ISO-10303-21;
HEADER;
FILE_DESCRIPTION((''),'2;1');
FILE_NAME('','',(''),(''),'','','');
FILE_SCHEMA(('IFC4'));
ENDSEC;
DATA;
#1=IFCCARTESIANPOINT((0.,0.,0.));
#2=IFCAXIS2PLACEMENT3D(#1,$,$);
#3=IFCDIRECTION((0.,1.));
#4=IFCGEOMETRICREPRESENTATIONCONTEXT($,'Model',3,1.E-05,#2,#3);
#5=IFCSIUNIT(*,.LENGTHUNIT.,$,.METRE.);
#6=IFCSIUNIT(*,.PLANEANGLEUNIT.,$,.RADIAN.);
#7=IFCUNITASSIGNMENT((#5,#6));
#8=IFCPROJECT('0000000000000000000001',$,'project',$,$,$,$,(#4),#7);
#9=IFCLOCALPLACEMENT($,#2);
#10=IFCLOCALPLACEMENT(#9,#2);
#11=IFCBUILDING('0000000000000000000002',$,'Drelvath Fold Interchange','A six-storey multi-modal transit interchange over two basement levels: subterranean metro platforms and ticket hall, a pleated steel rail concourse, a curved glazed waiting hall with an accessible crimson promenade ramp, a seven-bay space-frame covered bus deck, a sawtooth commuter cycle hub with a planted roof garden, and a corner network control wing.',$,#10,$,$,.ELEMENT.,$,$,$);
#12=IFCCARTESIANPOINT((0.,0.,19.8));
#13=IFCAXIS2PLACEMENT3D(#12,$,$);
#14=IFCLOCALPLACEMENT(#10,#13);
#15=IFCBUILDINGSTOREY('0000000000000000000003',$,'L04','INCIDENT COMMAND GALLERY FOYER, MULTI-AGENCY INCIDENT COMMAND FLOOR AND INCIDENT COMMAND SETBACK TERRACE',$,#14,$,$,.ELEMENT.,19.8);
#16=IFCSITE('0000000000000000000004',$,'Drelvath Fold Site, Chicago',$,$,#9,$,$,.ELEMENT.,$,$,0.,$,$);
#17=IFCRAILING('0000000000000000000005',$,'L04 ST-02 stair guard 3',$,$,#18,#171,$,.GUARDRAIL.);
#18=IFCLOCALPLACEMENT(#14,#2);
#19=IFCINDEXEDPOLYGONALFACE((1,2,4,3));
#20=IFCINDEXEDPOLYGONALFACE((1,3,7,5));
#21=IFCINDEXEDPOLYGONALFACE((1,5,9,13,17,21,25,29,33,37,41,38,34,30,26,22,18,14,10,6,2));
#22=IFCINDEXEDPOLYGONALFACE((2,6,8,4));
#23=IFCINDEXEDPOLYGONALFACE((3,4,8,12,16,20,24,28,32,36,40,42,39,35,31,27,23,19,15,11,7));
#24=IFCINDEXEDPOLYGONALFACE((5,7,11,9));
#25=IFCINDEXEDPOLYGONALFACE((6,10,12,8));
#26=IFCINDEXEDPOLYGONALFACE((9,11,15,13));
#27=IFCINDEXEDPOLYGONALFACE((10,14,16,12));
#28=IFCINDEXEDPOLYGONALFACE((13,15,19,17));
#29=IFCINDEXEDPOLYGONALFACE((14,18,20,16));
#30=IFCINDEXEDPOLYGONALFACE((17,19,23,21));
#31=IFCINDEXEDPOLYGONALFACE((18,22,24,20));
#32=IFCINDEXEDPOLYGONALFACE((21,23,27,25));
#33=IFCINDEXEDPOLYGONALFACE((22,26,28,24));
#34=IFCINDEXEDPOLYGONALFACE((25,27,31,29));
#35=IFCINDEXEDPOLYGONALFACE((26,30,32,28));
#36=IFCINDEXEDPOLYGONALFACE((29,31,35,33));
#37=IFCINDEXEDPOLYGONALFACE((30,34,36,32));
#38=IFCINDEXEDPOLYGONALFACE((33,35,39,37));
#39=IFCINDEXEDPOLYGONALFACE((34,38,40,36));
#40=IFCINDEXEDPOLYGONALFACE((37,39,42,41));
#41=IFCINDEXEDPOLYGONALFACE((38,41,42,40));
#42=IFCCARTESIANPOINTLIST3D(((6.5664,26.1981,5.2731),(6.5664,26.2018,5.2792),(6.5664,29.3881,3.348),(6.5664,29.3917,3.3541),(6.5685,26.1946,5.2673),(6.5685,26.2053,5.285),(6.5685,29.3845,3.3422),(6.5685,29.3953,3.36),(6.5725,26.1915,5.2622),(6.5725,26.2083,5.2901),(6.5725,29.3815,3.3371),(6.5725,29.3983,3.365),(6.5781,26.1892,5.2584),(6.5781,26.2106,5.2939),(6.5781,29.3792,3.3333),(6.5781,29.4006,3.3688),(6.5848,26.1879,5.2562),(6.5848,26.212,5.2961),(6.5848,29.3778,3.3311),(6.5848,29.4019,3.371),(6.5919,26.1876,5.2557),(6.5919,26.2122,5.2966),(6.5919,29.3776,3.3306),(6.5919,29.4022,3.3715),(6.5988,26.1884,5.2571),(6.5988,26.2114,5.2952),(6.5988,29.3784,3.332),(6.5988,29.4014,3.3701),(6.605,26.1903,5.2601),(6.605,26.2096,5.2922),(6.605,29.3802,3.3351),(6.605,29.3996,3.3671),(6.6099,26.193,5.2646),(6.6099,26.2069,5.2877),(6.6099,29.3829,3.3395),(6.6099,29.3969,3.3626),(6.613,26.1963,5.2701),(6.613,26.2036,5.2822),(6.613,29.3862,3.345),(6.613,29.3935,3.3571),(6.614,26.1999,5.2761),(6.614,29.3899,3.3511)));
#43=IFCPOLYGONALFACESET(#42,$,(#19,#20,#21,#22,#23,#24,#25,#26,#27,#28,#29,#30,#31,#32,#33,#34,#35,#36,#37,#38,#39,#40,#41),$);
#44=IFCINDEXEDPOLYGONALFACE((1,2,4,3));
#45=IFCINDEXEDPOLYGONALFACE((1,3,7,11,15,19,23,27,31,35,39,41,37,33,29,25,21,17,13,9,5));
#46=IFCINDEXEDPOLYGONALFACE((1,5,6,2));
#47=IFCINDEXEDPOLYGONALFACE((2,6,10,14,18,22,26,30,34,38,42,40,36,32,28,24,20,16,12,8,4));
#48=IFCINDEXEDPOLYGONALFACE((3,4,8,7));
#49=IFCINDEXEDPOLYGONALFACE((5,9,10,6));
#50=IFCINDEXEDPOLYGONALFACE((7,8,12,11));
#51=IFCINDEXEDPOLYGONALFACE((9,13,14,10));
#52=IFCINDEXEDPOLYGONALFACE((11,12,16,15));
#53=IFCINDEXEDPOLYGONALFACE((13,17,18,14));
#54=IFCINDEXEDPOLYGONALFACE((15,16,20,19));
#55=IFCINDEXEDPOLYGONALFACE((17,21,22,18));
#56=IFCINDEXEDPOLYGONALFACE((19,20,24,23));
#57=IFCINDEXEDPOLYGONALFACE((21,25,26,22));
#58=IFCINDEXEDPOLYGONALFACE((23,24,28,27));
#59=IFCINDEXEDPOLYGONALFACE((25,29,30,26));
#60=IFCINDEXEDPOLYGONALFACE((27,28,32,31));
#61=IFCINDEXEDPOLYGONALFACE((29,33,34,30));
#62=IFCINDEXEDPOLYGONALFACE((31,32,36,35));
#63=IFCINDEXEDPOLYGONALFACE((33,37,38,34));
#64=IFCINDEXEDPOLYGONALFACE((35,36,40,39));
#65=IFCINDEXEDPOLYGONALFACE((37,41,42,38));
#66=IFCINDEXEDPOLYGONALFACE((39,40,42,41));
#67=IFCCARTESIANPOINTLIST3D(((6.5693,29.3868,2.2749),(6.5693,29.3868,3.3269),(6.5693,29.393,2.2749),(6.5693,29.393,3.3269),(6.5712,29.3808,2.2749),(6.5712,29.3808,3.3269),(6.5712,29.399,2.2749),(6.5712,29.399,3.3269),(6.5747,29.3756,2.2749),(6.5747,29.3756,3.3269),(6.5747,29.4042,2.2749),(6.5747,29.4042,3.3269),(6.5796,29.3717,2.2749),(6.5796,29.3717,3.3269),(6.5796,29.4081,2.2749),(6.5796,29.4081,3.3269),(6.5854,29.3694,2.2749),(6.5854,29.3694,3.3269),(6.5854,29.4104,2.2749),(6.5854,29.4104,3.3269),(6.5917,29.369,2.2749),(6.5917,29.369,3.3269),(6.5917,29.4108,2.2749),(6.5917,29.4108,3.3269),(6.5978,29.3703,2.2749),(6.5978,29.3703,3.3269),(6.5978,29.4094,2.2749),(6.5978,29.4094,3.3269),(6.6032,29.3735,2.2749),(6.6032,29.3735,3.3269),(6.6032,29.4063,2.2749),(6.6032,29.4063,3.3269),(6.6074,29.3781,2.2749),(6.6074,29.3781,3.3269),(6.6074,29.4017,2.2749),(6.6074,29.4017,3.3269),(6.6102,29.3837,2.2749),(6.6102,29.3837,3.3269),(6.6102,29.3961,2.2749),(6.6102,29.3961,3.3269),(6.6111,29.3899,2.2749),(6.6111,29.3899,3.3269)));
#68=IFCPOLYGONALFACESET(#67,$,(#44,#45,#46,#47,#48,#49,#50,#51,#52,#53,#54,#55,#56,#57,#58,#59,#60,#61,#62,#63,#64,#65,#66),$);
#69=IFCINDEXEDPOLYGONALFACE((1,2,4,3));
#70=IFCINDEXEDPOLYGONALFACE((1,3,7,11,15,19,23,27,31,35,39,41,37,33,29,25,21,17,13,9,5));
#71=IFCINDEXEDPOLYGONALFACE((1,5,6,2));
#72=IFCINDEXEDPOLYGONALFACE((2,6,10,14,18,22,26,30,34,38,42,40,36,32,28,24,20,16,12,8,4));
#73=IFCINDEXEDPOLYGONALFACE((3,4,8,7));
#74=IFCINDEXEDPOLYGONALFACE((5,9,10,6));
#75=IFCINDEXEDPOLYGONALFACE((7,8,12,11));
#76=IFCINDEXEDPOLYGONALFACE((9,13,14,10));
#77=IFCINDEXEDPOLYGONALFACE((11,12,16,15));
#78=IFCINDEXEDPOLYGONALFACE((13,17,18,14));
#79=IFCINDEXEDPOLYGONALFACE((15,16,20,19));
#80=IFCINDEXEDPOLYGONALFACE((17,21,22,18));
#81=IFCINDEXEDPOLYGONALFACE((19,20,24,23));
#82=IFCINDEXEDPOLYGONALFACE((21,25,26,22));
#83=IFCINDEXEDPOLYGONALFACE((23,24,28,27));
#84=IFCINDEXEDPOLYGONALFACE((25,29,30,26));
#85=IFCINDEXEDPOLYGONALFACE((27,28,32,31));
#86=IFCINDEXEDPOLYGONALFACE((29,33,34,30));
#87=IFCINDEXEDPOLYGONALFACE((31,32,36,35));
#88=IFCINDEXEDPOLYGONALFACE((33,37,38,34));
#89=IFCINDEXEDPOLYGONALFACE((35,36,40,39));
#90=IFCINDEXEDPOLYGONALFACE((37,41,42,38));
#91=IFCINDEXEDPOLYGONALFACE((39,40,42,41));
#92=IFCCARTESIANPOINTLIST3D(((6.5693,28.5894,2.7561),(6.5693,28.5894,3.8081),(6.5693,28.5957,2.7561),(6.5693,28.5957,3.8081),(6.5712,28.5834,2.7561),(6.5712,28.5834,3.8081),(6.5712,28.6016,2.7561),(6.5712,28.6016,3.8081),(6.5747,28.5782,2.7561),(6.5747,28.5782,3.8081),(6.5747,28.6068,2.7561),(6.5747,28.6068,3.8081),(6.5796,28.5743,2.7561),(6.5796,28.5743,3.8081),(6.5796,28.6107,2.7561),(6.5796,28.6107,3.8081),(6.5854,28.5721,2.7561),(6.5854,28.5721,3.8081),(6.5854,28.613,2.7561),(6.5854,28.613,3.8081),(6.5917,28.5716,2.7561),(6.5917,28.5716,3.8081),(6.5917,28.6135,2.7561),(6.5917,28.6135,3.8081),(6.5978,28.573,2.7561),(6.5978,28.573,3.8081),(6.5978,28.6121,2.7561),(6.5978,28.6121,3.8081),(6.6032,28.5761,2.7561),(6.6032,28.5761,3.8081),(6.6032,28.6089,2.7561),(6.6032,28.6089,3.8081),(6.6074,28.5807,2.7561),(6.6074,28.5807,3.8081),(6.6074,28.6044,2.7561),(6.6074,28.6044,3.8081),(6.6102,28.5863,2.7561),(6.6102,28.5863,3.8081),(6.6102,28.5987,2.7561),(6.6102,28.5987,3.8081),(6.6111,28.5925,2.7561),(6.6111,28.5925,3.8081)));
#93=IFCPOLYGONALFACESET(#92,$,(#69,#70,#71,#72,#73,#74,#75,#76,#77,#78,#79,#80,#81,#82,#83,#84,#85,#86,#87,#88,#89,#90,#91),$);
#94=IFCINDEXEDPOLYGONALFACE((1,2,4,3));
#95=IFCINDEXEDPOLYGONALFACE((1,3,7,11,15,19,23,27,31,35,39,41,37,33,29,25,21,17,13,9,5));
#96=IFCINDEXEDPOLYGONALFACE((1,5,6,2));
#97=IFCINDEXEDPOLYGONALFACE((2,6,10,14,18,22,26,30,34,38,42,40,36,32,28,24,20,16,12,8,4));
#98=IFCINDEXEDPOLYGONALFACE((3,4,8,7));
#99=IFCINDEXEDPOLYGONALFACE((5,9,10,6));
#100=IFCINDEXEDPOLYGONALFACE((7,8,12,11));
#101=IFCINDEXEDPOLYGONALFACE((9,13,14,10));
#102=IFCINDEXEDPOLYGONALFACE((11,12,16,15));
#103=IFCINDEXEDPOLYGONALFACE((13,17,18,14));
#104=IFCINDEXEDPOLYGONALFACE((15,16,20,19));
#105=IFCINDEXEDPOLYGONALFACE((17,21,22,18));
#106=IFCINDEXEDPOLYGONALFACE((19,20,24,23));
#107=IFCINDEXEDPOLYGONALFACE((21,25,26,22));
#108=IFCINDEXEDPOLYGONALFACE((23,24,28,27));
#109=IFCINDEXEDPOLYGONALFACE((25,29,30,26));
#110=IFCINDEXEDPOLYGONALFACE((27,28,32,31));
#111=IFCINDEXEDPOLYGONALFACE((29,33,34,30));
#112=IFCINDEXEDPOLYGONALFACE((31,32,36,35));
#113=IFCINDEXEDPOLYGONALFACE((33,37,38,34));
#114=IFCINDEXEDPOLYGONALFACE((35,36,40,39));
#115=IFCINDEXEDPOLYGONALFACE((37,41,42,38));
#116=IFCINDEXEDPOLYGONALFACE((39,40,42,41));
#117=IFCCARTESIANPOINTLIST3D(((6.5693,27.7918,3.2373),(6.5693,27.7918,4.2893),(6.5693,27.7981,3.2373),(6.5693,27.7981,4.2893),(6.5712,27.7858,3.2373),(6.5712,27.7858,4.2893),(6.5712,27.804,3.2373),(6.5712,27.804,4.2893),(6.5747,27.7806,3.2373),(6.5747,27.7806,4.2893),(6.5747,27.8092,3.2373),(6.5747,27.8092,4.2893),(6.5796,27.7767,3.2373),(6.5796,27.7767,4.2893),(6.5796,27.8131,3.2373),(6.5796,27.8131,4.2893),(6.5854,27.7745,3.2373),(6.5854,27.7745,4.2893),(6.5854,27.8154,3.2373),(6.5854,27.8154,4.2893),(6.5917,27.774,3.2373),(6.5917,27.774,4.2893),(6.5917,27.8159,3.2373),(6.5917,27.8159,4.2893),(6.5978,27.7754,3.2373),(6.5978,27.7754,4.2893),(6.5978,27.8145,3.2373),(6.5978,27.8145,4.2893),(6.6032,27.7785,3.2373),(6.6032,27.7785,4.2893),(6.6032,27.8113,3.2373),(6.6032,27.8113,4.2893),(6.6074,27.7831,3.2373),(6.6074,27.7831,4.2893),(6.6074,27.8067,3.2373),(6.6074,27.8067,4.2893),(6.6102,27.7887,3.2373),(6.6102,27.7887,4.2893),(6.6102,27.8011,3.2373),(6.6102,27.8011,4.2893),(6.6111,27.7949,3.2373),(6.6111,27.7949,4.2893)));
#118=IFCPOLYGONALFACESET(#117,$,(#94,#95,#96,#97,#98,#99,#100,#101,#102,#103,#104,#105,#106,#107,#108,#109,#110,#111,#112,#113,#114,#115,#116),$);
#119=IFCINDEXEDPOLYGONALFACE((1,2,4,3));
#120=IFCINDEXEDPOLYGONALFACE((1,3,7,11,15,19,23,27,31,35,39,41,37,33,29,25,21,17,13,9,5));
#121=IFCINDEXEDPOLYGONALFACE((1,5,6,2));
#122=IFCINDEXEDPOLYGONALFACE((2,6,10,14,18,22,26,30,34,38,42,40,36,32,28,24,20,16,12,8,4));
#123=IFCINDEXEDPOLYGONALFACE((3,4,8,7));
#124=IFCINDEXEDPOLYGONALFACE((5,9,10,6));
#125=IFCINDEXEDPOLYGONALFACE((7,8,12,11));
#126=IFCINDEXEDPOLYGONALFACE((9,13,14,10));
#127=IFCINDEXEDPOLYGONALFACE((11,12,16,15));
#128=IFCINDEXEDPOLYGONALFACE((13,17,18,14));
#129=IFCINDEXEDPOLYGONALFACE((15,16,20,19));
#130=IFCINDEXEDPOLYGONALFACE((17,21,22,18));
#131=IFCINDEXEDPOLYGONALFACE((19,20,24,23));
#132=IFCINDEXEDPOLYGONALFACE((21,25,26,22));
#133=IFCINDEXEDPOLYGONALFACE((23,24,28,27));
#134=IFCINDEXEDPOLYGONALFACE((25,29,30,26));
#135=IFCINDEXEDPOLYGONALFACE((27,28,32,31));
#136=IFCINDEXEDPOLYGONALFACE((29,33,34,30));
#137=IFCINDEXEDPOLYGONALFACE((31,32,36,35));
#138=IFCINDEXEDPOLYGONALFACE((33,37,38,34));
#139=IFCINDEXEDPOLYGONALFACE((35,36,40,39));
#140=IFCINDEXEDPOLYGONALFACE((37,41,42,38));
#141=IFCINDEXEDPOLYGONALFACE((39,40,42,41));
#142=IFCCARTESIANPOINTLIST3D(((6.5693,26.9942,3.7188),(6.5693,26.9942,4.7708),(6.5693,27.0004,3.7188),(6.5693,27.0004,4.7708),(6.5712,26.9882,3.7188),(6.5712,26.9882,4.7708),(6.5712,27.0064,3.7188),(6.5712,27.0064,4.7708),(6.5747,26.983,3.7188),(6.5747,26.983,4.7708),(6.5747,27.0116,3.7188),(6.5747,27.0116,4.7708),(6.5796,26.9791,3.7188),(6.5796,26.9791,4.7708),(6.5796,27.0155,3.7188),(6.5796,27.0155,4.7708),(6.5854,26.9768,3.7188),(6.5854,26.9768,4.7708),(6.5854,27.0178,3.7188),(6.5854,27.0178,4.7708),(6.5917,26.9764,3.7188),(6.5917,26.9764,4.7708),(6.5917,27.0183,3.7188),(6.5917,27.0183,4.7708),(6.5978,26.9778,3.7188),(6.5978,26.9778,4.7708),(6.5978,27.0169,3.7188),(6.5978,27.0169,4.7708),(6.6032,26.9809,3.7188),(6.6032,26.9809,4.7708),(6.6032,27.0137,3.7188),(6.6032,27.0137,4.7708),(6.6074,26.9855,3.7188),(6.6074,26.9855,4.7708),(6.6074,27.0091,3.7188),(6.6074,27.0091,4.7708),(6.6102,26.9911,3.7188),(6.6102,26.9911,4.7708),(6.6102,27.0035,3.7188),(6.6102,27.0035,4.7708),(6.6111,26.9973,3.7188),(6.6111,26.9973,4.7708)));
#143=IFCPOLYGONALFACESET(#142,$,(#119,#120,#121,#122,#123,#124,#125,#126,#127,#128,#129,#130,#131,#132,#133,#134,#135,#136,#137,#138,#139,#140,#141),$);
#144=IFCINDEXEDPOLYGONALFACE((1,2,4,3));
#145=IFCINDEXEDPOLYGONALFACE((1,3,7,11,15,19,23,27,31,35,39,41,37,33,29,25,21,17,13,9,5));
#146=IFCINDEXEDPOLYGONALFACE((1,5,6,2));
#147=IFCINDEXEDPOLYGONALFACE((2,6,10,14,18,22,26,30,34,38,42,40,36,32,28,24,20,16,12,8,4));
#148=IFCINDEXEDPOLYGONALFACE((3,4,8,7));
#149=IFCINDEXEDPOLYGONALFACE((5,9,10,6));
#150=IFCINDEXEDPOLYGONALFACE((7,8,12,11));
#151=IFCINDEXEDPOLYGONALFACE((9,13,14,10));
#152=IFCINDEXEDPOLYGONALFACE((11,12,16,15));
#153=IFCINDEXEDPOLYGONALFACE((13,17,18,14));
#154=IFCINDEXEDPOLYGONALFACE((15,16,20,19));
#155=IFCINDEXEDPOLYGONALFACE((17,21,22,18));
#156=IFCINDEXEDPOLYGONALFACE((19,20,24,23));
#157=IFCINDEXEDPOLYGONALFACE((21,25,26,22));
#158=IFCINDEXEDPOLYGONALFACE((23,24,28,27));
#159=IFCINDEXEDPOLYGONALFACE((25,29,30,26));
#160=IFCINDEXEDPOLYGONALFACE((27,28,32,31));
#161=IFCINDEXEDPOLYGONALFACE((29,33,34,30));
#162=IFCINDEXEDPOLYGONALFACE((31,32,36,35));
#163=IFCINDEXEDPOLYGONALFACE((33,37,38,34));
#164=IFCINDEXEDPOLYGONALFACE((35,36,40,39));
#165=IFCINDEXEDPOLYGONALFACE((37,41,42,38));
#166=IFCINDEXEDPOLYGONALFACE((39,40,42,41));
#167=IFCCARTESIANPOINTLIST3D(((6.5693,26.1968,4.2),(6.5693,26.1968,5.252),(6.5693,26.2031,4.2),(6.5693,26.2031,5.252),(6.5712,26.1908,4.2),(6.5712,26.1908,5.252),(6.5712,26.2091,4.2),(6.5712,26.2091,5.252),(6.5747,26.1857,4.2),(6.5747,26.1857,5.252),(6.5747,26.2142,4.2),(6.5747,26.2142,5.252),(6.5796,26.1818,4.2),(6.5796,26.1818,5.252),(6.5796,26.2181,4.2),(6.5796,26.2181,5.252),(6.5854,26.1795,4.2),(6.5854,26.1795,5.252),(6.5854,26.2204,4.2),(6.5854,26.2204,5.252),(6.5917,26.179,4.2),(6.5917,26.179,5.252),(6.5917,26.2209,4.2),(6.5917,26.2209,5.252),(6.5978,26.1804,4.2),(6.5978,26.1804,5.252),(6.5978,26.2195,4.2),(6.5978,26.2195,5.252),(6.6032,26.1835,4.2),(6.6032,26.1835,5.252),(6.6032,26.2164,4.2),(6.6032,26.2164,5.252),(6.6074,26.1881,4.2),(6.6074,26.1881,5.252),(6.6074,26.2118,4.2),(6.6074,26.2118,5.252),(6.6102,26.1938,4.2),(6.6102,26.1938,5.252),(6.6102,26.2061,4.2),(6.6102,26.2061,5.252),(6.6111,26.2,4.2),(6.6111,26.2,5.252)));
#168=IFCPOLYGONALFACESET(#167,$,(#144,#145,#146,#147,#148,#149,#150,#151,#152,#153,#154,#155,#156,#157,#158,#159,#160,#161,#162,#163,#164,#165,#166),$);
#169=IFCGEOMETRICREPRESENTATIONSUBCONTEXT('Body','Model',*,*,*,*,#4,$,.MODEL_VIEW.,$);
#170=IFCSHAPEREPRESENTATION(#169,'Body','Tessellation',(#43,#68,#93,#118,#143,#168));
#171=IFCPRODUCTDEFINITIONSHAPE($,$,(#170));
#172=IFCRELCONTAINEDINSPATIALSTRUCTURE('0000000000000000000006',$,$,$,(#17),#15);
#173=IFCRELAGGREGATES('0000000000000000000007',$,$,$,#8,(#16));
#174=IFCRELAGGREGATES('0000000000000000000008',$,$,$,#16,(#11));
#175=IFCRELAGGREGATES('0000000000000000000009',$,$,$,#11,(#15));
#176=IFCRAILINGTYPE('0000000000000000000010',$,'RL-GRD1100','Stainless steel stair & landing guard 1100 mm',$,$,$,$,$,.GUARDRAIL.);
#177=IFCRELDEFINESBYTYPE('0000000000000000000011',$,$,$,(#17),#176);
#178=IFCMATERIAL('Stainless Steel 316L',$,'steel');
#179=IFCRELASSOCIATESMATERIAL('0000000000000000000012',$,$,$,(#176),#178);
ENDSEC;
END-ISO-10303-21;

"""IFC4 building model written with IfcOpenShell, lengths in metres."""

from ifc_helpers import new_model, si_unit, direction, frame, origin, origin_2d, place, context, subcontext, project, spatial, circle, extrude, material, type_object, element, save


model = new_model("IFC4")

# Units and contexts
model_context = context("Model", 3, precision=1e-05, world=origin(), true_north=direction((0.0, 1.0)))
body_context = subcontext(model_context, "Body", "Model", "MODEL_VIEW")
ifc_project = project(units=[si_unit("LENGTHUNIT", "METRE"), si_unit("PLANEANGLEUNIT", "RADIAN")], contexts=[model_context])

# Site, building, storey
site_placement = place(None, origin())
site = spatial("IfcSite", under=ifc_project, at=site_placement, Name="Drelvath Fold Site, Chicago", CompositionType="ELEMENT", RefElevation=0.0)
building_placement = place(site_placement, origin())
building = spatial("IfcBuilding", under=site, at=building_placement, Name="Drelvath Fold Interchange", Description="A six-storey multi-modal transit interchange over two basement levels: subterranean metro platforms and ticket hall, a pleated steel rail concourse, a curved glazed waiting hall with an accessible crimson promenade ramp, a seven-bay space-frame covered bus deck, a sawtooth commuter cycle hub with a planted roof garden, and a corner network control wing.", CompositionType="ELEMENT")
storey_placement = place(building_placement, frame((0.0, 0.0, 19.8)))
storey = spatial("IfcBuildingStorey", under=building, at=storey_placement, Name="L04", Description="INCIDENT COMMAND GALLERY FOYER, MULTI-AGENCY INCIDENT COMMAND FLOOR AND INCIDENT COMMAND SETBACK TERRACE", CompositionType="ELEMENT", Elevation=19.8)

# Railing
ifc_material_1 = material(Name="Stainless Steel 316L", Category="steel")
railing_type_1 = type_object("IfcRailingType", Name="RL-GRD1100", Description="Stainless steel stair & landing guard 1100 mm", PredefinedType="GUARDRAIL", material=ifc_material_1)
railing_1_placement = place(storey_placement, frame((6.5901, 29.3899, 2.2749)))
element("IfcRailing", 1, at=railing_1_placement, inside=storey, type_object=railing_type_1, Name="L04 ST-02 stair guard 3", PredefinedType="GUARDRAIL", context=body_context, shape_type="SweptSolid", body=[
    extrude(circle(Radius=0.0239, at=origin_2d()), frame((0.0, 0.0, 1.0762), z_axis=(0.0, -0.856178, 0.516682), x_axis=(1.0, 0.0, 0.0)), (0.0, 0.0, 1.0), 3.7258),
    extrude(circle(Radius=0.021, at=origin_2d()), origin(), (0.0, 0.0, 1.0), 1.052),
    extrude(circle(Radius=0.021, at=origin_2d()), frame((0.0, -0.7974, 0.4812)), (0.0, 0.0, 1.0), 1.052),
    extrude(circle(Radius=0.021, at=origin_2d()), frame((0.0, -1.595, 0.9624)), (0.0, 0.0, 1.0), 1.052),
    extrude(circle(Radius=0.021, at=origin_2d()), frame((0.0, -2.3926, 1.4438)), (0.0, 0.0, 1.0), 1.052),
    extrude(circle(Radius=0.021, at=origin_2d()), frame((0.0, -3.1899, 1.925)), (0.0, 0.0, 1.0), 1.052),
])

save(model, "model.ifc")
